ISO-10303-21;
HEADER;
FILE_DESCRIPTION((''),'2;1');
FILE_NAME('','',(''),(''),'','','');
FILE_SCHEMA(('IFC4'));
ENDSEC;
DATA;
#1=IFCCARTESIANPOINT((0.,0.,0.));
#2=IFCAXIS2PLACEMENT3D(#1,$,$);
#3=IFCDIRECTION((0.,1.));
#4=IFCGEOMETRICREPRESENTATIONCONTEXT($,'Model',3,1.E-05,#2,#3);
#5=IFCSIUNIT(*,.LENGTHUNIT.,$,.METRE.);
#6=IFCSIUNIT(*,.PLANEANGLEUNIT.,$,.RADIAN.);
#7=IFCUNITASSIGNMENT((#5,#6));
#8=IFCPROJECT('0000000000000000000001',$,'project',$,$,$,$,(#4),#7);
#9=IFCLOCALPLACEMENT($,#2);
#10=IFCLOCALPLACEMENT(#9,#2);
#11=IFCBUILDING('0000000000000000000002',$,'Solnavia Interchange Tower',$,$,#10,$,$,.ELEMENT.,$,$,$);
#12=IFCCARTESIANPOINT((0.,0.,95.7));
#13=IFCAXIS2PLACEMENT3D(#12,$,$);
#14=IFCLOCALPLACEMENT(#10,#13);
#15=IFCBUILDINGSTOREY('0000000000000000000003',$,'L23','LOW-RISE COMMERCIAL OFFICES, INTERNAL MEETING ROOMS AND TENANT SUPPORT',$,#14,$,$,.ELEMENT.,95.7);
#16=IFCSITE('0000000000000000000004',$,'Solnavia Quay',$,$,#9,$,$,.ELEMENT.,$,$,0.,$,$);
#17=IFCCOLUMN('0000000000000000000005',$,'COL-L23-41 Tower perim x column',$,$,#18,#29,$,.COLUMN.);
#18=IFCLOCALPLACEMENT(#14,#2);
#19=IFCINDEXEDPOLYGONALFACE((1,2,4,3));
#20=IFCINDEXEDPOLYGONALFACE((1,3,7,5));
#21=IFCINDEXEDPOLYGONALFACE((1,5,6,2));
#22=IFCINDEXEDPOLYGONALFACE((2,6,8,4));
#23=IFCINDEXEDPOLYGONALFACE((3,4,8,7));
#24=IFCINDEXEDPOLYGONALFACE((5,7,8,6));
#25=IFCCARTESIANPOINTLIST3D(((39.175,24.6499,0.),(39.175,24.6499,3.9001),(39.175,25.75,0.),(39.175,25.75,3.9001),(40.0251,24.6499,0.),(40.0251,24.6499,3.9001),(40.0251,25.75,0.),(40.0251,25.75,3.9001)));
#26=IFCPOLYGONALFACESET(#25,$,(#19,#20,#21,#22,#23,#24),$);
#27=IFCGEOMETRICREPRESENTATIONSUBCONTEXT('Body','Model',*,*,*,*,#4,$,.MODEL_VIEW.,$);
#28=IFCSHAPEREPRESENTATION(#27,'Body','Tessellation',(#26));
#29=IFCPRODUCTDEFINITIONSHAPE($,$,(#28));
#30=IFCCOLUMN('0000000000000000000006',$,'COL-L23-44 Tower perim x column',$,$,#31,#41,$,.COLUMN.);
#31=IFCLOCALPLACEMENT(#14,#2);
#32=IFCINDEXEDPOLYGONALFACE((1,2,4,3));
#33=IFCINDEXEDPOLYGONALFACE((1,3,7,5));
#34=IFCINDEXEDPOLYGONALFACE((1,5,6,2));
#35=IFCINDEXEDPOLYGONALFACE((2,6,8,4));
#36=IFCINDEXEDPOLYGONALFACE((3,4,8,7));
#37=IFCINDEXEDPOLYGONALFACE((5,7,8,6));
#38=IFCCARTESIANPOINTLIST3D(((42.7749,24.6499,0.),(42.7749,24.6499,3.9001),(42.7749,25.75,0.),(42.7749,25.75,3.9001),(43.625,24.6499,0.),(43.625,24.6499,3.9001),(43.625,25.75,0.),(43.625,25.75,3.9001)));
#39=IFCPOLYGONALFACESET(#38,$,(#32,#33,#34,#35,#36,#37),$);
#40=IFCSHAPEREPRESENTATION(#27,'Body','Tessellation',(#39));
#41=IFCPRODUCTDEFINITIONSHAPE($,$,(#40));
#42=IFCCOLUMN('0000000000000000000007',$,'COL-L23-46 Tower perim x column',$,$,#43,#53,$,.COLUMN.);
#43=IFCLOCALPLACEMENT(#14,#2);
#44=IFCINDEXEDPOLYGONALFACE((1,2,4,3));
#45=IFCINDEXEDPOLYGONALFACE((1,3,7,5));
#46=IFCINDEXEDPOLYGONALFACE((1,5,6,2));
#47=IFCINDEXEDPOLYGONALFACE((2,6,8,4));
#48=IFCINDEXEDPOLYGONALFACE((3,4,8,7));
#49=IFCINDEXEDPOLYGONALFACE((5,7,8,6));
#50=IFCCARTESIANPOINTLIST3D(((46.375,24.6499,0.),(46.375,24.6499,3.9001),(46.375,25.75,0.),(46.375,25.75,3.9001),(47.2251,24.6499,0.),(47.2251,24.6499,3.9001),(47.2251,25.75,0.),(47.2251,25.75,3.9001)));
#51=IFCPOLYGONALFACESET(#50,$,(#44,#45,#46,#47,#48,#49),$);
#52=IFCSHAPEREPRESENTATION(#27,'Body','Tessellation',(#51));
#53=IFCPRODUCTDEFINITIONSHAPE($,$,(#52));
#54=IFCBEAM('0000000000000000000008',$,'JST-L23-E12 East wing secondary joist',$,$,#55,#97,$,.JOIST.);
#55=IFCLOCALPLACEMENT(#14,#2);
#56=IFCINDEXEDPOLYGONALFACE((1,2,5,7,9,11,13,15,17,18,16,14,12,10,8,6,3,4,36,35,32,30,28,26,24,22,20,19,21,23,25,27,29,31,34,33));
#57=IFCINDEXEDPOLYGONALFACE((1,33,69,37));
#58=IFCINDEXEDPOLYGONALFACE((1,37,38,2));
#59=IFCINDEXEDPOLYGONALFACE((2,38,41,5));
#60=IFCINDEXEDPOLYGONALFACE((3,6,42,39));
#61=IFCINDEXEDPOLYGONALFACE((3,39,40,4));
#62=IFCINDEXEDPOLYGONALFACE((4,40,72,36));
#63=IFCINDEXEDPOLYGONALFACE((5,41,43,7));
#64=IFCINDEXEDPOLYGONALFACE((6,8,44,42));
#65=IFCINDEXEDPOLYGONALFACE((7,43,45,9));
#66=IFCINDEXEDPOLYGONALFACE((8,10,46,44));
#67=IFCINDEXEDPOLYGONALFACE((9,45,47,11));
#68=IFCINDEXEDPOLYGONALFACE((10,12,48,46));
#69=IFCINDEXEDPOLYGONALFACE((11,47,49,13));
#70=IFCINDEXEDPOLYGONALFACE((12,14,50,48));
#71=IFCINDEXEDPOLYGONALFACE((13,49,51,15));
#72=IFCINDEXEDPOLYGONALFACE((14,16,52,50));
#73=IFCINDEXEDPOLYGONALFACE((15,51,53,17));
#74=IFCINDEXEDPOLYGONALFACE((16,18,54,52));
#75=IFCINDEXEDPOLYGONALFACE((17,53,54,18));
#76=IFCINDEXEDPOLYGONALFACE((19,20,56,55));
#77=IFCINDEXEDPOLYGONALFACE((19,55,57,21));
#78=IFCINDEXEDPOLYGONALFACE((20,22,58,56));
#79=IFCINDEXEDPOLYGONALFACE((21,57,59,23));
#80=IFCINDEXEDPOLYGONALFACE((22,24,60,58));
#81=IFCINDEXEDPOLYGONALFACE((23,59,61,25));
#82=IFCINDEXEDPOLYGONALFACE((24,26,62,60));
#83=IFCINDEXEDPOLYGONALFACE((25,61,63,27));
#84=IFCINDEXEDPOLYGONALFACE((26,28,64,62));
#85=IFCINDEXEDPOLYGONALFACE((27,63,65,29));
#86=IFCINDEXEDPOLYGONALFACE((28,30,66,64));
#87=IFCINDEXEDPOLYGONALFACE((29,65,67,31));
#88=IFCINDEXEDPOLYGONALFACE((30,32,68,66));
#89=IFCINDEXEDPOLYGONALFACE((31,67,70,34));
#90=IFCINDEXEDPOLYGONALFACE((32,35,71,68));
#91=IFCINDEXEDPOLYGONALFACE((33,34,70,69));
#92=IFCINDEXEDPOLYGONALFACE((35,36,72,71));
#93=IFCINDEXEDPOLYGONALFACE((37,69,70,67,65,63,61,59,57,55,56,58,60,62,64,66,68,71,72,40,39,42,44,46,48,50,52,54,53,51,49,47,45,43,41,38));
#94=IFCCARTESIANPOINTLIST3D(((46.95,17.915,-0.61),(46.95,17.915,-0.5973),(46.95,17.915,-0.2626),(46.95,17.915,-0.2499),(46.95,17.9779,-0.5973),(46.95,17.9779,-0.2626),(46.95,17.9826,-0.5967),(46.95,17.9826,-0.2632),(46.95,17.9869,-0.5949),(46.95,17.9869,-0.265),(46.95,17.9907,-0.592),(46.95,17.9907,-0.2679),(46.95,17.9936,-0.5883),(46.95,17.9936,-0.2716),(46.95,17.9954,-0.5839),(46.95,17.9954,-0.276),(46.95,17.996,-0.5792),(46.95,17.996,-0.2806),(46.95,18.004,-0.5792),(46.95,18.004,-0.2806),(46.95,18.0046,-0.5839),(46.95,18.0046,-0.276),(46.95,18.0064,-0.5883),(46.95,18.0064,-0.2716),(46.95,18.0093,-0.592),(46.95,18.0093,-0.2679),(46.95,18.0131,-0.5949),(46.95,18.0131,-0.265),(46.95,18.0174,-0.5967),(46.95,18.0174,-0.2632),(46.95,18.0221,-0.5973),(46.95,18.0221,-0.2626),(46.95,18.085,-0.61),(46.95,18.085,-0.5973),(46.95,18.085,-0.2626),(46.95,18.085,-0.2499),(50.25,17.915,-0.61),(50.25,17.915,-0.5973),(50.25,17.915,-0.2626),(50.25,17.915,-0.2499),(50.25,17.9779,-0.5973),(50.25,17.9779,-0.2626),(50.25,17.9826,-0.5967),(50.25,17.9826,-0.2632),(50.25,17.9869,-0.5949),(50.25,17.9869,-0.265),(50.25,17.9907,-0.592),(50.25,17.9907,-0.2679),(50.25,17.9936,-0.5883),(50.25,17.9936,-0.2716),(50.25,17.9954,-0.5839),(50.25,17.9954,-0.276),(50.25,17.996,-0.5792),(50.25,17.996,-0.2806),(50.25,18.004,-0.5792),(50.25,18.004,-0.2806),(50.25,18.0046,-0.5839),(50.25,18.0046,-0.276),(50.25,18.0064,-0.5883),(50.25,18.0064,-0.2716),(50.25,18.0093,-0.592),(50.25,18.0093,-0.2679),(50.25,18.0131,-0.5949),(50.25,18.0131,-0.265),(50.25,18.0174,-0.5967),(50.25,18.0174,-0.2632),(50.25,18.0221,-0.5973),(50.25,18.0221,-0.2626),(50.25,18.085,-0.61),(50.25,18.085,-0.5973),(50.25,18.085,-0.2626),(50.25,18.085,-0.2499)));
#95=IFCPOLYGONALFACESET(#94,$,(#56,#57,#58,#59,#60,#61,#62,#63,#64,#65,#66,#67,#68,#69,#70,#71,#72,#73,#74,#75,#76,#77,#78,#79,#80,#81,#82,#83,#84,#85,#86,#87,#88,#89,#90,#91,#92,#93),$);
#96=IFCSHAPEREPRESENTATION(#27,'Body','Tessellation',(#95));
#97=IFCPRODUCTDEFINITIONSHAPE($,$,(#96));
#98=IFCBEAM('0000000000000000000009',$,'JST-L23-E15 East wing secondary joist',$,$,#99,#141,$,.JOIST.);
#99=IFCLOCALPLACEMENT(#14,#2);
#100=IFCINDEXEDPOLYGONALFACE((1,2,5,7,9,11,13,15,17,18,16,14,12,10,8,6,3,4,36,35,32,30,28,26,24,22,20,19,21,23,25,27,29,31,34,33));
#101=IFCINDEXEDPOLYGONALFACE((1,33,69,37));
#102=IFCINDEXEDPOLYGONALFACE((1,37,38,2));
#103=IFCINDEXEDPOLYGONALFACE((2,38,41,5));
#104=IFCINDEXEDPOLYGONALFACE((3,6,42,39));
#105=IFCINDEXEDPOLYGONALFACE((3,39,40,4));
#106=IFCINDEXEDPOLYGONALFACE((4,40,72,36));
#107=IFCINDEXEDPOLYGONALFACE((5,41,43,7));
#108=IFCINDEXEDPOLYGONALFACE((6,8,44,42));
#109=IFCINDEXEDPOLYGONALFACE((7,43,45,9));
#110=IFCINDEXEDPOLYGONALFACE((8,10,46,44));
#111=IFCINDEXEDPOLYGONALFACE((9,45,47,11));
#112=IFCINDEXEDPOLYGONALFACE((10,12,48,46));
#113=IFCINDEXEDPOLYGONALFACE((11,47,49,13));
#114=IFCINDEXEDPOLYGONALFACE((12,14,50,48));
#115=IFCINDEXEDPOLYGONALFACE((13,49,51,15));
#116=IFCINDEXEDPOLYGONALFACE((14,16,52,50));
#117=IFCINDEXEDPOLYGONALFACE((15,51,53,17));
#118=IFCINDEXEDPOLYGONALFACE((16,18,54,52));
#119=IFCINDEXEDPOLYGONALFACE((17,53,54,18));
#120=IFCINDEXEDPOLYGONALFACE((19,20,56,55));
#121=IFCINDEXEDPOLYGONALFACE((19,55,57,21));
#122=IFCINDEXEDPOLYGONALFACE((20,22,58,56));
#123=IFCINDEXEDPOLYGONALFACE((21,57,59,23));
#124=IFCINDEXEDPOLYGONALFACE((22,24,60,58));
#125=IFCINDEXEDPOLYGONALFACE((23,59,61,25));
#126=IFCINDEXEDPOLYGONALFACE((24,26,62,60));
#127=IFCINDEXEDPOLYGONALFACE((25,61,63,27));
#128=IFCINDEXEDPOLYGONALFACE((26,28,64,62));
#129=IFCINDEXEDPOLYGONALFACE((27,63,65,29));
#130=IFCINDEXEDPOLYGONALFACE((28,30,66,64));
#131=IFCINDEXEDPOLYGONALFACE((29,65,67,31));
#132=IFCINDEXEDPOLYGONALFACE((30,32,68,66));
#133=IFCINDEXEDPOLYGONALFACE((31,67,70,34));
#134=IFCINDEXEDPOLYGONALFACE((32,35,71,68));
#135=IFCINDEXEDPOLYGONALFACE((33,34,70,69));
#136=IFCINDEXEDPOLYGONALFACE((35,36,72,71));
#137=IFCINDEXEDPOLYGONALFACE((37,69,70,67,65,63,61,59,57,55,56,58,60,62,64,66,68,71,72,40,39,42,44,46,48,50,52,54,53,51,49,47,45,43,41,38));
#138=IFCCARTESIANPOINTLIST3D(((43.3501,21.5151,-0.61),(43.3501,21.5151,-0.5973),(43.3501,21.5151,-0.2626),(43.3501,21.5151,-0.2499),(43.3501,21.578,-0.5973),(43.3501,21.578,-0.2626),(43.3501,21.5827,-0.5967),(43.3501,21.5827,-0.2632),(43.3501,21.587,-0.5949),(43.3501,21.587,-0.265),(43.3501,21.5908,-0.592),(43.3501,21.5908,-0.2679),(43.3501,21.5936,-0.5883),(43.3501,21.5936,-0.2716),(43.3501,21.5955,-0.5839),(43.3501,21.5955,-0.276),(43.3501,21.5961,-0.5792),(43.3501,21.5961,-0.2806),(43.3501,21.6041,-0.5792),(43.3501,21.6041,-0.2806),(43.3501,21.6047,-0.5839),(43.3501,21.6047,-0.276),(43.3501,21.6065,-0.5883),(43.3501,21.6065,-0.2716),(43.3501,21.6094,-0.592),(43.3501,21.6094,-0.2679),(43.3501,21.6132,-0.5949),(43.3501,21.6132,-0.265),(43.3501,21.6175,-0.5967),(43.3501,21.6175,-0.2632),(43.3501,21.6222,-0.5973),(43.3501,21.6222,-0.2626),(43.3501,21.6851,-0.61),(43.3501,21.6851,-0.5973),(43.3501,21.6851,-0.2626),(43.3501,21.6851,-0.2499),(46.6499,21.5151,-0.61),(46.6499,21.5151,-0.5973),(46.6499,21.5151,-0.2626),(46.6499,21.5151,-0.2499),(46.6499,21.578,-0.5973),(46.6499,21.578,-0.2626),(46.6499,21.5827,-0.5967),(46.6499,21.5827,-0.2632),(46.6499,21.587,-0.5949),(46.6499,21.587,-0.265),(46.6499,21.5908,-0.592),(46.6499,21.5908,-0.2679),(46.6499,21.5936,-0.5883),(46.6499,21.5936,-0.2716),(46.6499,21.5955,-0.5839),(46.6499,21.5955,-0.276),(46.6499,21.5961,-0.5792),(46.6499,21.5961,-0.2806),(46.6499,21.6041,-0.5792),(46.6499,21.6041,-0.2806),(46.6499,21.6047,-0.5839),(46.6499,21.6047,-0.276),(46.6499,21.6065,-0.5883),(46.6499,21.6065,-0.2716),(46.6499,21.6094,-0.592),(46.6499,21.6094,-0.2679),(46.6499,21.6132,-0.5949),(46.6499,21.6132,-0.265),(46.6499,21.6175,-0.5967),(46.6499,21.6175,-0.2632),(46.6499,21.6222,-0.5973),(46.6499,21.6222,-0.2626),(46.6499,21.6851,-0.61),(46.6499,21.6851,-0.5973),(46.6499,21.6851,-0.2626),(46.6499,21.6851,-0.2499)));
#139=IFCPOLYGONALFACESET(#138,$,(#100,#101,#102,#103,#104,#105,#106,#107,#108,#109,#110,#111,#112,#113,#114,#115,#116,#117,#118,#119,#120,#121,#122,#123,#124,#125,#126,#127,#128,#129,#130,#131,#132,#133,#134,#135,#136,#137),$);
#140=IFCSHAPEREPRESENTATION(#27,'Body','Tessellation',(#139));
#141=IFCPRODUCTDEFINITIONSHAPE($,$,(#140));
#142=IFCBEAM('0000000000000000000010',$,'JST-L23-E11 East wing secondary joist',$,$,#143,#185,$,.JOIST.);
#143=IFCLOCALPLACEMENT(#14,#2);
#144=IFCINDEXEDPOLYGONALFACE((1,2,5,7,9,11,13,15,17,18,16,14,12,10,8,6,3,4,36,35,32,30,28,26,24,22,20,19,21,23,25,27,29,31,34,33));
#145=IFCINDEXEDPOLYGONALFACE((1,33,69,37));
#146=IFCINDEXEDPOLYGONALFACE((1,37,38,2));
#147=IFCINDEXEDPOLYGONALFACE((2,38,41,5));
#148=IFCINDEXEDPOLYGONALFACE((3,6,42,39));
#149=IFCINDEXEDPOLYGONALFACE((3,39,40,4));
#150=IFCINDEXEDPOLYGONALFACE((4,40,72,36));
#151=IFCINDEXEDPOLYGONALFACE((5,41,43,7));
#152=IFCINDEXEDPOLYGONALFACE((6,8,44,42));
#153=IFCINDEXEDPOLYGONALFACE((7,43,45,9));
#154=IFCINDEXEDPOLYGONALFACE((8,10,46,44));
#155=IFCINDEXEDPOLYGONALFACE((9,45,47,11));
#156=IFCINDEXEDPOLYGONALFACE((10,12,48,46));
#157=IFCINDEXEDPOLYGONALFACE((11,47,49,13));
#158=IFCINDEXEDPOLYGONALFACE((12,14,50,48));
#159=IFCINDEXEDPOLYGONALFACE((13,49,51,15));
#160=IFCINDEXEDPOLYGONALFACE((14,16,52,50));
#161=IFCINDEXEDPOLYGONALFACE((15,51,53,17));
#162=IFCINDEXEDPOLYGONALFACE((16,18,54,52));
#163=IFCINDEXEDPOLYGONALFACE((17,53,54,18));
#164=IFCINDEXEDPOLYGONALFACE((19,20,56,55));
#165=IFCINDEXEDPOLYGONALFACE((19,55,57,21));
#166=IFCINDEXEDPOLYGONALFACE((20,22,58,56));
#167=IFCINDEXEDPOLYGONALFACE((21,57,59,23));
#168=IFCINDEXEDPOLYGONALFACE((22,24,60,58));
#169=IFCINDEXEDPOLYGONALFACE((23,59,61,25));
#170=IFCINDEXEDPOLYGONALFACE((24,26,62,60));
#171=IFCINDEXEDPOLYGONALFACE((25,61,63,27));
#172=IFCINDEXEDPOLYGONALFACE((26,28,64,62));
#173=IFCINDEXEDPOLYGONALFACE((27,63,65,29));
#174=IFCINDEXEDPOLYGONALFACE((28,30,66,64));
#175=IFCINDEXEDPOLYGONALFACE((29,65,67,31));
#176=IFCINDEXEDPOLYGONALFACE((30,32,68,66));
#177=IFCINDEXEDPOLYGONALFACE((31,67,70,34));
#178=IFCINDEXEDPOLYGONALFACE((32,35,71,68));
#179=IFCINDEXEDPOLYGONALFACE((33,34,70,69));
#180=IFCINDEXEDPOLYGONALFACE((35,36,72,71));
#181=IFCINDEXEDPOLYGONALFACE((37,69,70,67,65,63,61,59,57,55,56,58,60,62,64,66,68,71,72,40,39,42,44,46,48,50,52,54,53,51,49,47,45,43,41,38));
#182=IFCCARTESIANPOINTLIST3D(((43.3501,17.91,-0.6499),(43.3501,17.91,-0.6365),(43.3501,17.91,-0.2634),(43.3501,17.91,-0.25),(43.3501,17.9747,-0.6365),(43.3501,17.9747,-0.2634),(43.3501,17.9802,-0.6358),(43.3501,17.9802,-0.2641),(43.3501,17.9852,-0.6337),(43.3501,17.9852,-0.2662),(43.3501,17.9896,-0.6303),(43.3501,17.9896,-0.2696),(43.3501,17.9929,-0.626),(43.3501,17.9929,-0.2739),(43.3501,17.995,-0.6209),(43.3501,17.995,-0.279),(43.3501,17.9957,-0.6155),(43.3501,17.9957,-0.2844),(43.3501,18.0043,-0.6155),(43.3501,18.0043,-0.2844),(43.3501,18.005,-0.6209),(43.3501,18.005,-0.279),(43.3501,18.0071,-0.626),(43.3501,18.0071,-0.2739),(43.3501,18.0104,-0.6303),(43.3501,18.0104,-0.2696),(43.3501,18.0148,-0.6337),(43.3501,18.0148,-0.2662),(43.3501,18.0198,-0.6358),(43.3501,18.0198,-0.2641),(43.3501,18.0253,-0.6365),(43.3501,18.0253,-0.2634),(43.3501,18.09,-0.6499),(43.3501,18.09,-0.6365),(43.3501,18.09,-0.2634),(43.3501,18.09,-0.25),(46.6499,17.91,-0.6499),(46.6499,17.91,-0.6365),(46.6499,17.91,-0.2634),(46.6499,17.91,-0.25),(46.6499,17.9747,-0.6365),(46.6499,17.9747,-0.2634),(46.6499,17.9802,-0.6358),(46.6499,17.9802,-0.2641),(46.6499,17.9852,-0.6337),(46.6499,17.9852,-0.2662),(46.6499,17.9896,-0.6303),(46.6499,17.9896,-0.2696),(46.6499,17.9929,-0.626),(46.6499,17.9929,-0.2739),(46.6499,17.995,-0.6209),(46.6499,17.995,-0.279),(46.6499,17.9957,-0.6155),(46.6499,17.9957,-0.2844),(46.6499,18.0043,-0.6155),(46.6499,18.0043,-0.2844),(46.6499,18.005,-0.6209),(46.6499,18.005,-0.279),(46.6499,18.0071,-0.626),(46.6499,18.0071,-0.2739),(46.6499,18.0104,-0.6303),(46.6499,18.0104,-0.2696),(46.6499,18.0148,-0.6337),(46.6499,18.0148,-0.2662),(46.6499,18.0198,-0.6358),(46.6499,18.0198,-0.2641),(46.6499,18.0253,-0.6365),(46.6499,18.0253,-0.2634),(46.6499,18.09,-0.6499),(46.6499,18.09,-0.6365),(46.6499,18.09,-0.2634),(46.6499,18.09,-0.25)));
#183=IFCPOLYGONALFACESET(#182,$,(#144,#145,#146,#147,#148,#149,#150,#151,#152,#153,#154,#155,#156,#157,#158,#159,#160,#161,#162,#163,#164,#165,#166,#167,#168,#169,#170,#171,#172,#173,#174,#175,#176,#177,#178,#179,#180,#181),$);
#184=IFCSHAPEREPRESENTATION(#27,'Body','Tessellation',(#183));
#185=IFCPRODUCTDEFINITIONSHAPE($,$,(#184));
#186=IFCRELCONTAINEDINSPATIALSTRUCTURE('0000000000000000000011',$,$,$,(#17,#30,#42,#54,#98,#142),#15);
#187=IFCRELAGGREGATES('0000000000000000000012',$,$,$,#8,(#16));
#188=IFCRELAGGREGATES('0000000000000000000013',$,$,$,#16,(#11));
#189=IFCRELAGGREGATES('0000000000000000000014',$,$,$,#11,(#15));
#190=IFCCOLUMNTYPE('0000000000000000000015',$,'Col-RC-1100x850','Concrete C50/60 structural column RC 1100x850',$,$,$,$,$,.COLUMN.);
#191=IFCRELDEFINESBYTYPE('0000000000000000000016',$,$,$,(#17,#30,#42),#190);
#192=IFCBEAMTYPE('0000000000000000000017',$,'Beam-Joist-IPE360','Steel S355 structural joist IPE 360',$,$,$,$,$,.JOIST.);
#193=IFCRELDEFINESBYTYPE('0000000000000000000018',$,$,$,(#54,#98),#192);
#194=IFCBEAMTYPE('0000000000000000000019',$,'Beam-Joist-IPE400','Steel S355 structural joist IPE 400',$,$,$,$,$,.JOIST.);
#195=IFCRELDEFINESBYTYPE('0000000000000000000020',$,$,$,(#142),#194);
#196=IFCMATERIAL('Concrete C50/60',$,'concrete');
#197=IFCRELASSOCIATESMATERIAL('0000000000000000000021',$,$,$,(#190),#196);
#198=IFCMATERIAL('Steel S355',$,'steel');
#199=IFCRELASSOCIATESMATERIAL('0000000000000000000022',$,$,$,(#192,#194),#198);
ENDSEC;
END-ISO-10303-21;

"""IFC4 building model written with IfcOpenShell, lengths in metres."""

from ifc_helpers import new_model, si_unit, direction, frame, origin, origin_2d, place, context, subcontext, project, spatial, rectangle, i_section, extrude, material, material_profile, profile_set, type_object, element, save


model = new_model("IFC4")

# Units and contexts
model_context = context("Model", 3, precision=1e-05, world=origin(), true_north=direction((0.0, 1.0)))
body_context = subcontext(model_context, "Body", "Model", "MODEL_VIEW")
ifc_project = project(units=[si_unit("LENGTHUNIT", "METRE"), si_unit("PLANEANGLEUNIT", "RADIAN")], contexts=[model_context])

# Site, building, storey
site_placement = place(None, origin())
site = spatial("IfcSite", under=ifc_project, at=site_placement, Name="Solnavia Quay", CompositionType="ELEMENT", RefElevation=0.0)
building_placement = place(site_placement, origin())
building = spatial("IfcBuilding", under=site, at=building_placement, Name="Solnavia Interchange Tower", CompositionType="ELEMENT")
storey_placement = place(building_placement, frame((0.0, 0.0, 95.7)))
storey = spatial("IfcBuildingStorey", under=building, at=storey_placement, Name="L23", Description="LOW-RISE COMMERCIAL OFFICES, INTERNAL MEETING ROOMS AND TENANT SUPPORT", CompositionType="ELEMENT", Elevation=95.7)

# Columns
ifc_material_1 = material(Name="Concrete C50/60", Category="concrete")
ifc_material_profile_1 = material_profile(ifc_material_1, rectangle(XDim=0.8501, YDim=1.1001, at=origin_2d()), Name="RC 1100x850")
ifc_profile_set_1 = profile_set([ifc_material_profile_1], Name="Concrete C50/60")
column_type = type_object("IfcColumnType", Name="Col-RC-1100x850", Description="Concrete C50/60 structural column RC 1100x850", PredefinedType="COLUMN", material=ifc_profile_set_1)
for number, where, z_axis, x_axis, name in (
    (1, (39.6001, 25.2, 0.0), (0.0, 0.0, 1.0), (1.0, 0.0, 0.0), "COL-L23-41 Tower perim x column"),
    (2, (43.2, 25.2, 0.0), (0.0, 0.0, 1.0), (1.0, 0.0, 0.0), "COL-L23-44 Tower perim x column"),
    (3, (46.8, 25.2, 0.0), (0.0, 0.0, 1.0), (1.0, 0.0, 0.0), "COL-L23-46 Tower perim x column"),
):
    element("IfcColumn", number, at=place(storey_placement, frame(where, z_axis=z_axis, x_axis=x_axis)), inside=storey, type_object=column_type, Name=name, PredefinedType="COLUMN", context=body_context, shape_type="SweptSolid", body=[
        extrude(rectangle(XDim=0.8501, YDim=1.1001, at=origin_2d()), origin(), (0.0, 0.0, 1.0), 3.9001),
    ])

# Beams
ifc_material_2 = material(Name="Steel S355", Category="steel")
ifc_material_profile_2 = material_profile(ifc_material_2, i_section(OverallWidth=0.1699, OverallDepth=0.3601, WebThickness=0.0081, FlangeThickness=0.0127, FilletRadius=0.0181, at=origin_2d()), Name="IPE 360")
ifc_profile_set_2 = profile_set([ifc_material_profile_2], Name="Steel S355")
beam_type_1 = type_object("IfcBeamType", Name="Beam-Joist-IPE360", Description="Steel S355 structural joist IPE 360", PredefinedType="JOIST", material=ifc_profile_set_2)
beam_1_placement = place(storey_placement, frame((46.95, 18.0, -0.4299), z_axis=(1.0, 0.0, 0.0), x_axis=(0.0, 1.0, 0.0)))
element("IfcBeam", 4, at=beam_1_placement, inside=storey, type_object=beam_type_1, Name="JST-L23-E12 East wing secondary joist", PredefinedType="JOIST", context=body_context, shape_type="SweptSolid", body=[
    extrude(i_section(OverallWidth=0.1699, OverallDepth=0.3601, WebThickness=0.0081, FlangeThickness=0.0127, FilletRadius=0.0181, at=origin_2d()), origin(), (0.0, 0.0, 1.0), 3.3),
])
beam_2_placement = place(storey_placement, frame((43.3501, 21.6001, -0.4299), z_axis=(1.0, 0.0, 0.0), x_axis=(0.0, 1.0, 0.0)))
element("IfcBeam", 5, at=beam_2_placement, inside=storey, type_object=beam_type_1, Name="JST-L23-E15 East wing secondary joist", PredefinedType="JOIST", context=body_context, shape_type="SweptSolid", body=[
    extrude(i_section(OverallWidth=0.1699, OverallDepth=0.3601, WebThickness=0.0081, FlangeThickness=0.0127, FilletRadius=0.0181, at=origin_2d()), origin(), (0.0, 0.0, 1.0), 3.2998),
])
ifc_material_profile_3 = material_profile(ifc_material_2, i_section(OverallWidth=0.1799, OverallDepth=0.3999, WebThickness=0.0085, FlangeThickness=0.0134, FilletRadius=0.021, at=origin_2d()), Name="IPE 400")
ifc_profile_set_3 = profile_set([ifc_material_profile_3], Name="Steel S355")
beam_type_2 = type_object("IfcBeamType", Name="Beam-Joist-IPE400", Description="Steel S355 structural joist IPE 400", PredefinedType="JOIST", material=ifc_profile_set_3)
beam_3_placement = place(storey_placement, frame((43.3501, 18.0, -0.45), z_axis=(1.0, 0.0, 0.0), x_axis=(0.0, 1.0, 0.0)))
element("IfcBeam", 6, at=beam_3_placement, inside=storey, type_object=beam_type_2, Name="JST-L23-E11 East wing secondary joist", PredefinedType="JOIST", context=body_context, shape_type="SweptSolid", body=[
    extrude(i_section(OverallWidth=0.1799, OverallDepth=0.3999, WebThickness=0.0085, FlangeThickness=0.0134, FilletRadius=0.021, at=origin_2d()), origin(), (0.0, 0.0, 1.0), 3.2998),
])

save(model, "model.ifc")
